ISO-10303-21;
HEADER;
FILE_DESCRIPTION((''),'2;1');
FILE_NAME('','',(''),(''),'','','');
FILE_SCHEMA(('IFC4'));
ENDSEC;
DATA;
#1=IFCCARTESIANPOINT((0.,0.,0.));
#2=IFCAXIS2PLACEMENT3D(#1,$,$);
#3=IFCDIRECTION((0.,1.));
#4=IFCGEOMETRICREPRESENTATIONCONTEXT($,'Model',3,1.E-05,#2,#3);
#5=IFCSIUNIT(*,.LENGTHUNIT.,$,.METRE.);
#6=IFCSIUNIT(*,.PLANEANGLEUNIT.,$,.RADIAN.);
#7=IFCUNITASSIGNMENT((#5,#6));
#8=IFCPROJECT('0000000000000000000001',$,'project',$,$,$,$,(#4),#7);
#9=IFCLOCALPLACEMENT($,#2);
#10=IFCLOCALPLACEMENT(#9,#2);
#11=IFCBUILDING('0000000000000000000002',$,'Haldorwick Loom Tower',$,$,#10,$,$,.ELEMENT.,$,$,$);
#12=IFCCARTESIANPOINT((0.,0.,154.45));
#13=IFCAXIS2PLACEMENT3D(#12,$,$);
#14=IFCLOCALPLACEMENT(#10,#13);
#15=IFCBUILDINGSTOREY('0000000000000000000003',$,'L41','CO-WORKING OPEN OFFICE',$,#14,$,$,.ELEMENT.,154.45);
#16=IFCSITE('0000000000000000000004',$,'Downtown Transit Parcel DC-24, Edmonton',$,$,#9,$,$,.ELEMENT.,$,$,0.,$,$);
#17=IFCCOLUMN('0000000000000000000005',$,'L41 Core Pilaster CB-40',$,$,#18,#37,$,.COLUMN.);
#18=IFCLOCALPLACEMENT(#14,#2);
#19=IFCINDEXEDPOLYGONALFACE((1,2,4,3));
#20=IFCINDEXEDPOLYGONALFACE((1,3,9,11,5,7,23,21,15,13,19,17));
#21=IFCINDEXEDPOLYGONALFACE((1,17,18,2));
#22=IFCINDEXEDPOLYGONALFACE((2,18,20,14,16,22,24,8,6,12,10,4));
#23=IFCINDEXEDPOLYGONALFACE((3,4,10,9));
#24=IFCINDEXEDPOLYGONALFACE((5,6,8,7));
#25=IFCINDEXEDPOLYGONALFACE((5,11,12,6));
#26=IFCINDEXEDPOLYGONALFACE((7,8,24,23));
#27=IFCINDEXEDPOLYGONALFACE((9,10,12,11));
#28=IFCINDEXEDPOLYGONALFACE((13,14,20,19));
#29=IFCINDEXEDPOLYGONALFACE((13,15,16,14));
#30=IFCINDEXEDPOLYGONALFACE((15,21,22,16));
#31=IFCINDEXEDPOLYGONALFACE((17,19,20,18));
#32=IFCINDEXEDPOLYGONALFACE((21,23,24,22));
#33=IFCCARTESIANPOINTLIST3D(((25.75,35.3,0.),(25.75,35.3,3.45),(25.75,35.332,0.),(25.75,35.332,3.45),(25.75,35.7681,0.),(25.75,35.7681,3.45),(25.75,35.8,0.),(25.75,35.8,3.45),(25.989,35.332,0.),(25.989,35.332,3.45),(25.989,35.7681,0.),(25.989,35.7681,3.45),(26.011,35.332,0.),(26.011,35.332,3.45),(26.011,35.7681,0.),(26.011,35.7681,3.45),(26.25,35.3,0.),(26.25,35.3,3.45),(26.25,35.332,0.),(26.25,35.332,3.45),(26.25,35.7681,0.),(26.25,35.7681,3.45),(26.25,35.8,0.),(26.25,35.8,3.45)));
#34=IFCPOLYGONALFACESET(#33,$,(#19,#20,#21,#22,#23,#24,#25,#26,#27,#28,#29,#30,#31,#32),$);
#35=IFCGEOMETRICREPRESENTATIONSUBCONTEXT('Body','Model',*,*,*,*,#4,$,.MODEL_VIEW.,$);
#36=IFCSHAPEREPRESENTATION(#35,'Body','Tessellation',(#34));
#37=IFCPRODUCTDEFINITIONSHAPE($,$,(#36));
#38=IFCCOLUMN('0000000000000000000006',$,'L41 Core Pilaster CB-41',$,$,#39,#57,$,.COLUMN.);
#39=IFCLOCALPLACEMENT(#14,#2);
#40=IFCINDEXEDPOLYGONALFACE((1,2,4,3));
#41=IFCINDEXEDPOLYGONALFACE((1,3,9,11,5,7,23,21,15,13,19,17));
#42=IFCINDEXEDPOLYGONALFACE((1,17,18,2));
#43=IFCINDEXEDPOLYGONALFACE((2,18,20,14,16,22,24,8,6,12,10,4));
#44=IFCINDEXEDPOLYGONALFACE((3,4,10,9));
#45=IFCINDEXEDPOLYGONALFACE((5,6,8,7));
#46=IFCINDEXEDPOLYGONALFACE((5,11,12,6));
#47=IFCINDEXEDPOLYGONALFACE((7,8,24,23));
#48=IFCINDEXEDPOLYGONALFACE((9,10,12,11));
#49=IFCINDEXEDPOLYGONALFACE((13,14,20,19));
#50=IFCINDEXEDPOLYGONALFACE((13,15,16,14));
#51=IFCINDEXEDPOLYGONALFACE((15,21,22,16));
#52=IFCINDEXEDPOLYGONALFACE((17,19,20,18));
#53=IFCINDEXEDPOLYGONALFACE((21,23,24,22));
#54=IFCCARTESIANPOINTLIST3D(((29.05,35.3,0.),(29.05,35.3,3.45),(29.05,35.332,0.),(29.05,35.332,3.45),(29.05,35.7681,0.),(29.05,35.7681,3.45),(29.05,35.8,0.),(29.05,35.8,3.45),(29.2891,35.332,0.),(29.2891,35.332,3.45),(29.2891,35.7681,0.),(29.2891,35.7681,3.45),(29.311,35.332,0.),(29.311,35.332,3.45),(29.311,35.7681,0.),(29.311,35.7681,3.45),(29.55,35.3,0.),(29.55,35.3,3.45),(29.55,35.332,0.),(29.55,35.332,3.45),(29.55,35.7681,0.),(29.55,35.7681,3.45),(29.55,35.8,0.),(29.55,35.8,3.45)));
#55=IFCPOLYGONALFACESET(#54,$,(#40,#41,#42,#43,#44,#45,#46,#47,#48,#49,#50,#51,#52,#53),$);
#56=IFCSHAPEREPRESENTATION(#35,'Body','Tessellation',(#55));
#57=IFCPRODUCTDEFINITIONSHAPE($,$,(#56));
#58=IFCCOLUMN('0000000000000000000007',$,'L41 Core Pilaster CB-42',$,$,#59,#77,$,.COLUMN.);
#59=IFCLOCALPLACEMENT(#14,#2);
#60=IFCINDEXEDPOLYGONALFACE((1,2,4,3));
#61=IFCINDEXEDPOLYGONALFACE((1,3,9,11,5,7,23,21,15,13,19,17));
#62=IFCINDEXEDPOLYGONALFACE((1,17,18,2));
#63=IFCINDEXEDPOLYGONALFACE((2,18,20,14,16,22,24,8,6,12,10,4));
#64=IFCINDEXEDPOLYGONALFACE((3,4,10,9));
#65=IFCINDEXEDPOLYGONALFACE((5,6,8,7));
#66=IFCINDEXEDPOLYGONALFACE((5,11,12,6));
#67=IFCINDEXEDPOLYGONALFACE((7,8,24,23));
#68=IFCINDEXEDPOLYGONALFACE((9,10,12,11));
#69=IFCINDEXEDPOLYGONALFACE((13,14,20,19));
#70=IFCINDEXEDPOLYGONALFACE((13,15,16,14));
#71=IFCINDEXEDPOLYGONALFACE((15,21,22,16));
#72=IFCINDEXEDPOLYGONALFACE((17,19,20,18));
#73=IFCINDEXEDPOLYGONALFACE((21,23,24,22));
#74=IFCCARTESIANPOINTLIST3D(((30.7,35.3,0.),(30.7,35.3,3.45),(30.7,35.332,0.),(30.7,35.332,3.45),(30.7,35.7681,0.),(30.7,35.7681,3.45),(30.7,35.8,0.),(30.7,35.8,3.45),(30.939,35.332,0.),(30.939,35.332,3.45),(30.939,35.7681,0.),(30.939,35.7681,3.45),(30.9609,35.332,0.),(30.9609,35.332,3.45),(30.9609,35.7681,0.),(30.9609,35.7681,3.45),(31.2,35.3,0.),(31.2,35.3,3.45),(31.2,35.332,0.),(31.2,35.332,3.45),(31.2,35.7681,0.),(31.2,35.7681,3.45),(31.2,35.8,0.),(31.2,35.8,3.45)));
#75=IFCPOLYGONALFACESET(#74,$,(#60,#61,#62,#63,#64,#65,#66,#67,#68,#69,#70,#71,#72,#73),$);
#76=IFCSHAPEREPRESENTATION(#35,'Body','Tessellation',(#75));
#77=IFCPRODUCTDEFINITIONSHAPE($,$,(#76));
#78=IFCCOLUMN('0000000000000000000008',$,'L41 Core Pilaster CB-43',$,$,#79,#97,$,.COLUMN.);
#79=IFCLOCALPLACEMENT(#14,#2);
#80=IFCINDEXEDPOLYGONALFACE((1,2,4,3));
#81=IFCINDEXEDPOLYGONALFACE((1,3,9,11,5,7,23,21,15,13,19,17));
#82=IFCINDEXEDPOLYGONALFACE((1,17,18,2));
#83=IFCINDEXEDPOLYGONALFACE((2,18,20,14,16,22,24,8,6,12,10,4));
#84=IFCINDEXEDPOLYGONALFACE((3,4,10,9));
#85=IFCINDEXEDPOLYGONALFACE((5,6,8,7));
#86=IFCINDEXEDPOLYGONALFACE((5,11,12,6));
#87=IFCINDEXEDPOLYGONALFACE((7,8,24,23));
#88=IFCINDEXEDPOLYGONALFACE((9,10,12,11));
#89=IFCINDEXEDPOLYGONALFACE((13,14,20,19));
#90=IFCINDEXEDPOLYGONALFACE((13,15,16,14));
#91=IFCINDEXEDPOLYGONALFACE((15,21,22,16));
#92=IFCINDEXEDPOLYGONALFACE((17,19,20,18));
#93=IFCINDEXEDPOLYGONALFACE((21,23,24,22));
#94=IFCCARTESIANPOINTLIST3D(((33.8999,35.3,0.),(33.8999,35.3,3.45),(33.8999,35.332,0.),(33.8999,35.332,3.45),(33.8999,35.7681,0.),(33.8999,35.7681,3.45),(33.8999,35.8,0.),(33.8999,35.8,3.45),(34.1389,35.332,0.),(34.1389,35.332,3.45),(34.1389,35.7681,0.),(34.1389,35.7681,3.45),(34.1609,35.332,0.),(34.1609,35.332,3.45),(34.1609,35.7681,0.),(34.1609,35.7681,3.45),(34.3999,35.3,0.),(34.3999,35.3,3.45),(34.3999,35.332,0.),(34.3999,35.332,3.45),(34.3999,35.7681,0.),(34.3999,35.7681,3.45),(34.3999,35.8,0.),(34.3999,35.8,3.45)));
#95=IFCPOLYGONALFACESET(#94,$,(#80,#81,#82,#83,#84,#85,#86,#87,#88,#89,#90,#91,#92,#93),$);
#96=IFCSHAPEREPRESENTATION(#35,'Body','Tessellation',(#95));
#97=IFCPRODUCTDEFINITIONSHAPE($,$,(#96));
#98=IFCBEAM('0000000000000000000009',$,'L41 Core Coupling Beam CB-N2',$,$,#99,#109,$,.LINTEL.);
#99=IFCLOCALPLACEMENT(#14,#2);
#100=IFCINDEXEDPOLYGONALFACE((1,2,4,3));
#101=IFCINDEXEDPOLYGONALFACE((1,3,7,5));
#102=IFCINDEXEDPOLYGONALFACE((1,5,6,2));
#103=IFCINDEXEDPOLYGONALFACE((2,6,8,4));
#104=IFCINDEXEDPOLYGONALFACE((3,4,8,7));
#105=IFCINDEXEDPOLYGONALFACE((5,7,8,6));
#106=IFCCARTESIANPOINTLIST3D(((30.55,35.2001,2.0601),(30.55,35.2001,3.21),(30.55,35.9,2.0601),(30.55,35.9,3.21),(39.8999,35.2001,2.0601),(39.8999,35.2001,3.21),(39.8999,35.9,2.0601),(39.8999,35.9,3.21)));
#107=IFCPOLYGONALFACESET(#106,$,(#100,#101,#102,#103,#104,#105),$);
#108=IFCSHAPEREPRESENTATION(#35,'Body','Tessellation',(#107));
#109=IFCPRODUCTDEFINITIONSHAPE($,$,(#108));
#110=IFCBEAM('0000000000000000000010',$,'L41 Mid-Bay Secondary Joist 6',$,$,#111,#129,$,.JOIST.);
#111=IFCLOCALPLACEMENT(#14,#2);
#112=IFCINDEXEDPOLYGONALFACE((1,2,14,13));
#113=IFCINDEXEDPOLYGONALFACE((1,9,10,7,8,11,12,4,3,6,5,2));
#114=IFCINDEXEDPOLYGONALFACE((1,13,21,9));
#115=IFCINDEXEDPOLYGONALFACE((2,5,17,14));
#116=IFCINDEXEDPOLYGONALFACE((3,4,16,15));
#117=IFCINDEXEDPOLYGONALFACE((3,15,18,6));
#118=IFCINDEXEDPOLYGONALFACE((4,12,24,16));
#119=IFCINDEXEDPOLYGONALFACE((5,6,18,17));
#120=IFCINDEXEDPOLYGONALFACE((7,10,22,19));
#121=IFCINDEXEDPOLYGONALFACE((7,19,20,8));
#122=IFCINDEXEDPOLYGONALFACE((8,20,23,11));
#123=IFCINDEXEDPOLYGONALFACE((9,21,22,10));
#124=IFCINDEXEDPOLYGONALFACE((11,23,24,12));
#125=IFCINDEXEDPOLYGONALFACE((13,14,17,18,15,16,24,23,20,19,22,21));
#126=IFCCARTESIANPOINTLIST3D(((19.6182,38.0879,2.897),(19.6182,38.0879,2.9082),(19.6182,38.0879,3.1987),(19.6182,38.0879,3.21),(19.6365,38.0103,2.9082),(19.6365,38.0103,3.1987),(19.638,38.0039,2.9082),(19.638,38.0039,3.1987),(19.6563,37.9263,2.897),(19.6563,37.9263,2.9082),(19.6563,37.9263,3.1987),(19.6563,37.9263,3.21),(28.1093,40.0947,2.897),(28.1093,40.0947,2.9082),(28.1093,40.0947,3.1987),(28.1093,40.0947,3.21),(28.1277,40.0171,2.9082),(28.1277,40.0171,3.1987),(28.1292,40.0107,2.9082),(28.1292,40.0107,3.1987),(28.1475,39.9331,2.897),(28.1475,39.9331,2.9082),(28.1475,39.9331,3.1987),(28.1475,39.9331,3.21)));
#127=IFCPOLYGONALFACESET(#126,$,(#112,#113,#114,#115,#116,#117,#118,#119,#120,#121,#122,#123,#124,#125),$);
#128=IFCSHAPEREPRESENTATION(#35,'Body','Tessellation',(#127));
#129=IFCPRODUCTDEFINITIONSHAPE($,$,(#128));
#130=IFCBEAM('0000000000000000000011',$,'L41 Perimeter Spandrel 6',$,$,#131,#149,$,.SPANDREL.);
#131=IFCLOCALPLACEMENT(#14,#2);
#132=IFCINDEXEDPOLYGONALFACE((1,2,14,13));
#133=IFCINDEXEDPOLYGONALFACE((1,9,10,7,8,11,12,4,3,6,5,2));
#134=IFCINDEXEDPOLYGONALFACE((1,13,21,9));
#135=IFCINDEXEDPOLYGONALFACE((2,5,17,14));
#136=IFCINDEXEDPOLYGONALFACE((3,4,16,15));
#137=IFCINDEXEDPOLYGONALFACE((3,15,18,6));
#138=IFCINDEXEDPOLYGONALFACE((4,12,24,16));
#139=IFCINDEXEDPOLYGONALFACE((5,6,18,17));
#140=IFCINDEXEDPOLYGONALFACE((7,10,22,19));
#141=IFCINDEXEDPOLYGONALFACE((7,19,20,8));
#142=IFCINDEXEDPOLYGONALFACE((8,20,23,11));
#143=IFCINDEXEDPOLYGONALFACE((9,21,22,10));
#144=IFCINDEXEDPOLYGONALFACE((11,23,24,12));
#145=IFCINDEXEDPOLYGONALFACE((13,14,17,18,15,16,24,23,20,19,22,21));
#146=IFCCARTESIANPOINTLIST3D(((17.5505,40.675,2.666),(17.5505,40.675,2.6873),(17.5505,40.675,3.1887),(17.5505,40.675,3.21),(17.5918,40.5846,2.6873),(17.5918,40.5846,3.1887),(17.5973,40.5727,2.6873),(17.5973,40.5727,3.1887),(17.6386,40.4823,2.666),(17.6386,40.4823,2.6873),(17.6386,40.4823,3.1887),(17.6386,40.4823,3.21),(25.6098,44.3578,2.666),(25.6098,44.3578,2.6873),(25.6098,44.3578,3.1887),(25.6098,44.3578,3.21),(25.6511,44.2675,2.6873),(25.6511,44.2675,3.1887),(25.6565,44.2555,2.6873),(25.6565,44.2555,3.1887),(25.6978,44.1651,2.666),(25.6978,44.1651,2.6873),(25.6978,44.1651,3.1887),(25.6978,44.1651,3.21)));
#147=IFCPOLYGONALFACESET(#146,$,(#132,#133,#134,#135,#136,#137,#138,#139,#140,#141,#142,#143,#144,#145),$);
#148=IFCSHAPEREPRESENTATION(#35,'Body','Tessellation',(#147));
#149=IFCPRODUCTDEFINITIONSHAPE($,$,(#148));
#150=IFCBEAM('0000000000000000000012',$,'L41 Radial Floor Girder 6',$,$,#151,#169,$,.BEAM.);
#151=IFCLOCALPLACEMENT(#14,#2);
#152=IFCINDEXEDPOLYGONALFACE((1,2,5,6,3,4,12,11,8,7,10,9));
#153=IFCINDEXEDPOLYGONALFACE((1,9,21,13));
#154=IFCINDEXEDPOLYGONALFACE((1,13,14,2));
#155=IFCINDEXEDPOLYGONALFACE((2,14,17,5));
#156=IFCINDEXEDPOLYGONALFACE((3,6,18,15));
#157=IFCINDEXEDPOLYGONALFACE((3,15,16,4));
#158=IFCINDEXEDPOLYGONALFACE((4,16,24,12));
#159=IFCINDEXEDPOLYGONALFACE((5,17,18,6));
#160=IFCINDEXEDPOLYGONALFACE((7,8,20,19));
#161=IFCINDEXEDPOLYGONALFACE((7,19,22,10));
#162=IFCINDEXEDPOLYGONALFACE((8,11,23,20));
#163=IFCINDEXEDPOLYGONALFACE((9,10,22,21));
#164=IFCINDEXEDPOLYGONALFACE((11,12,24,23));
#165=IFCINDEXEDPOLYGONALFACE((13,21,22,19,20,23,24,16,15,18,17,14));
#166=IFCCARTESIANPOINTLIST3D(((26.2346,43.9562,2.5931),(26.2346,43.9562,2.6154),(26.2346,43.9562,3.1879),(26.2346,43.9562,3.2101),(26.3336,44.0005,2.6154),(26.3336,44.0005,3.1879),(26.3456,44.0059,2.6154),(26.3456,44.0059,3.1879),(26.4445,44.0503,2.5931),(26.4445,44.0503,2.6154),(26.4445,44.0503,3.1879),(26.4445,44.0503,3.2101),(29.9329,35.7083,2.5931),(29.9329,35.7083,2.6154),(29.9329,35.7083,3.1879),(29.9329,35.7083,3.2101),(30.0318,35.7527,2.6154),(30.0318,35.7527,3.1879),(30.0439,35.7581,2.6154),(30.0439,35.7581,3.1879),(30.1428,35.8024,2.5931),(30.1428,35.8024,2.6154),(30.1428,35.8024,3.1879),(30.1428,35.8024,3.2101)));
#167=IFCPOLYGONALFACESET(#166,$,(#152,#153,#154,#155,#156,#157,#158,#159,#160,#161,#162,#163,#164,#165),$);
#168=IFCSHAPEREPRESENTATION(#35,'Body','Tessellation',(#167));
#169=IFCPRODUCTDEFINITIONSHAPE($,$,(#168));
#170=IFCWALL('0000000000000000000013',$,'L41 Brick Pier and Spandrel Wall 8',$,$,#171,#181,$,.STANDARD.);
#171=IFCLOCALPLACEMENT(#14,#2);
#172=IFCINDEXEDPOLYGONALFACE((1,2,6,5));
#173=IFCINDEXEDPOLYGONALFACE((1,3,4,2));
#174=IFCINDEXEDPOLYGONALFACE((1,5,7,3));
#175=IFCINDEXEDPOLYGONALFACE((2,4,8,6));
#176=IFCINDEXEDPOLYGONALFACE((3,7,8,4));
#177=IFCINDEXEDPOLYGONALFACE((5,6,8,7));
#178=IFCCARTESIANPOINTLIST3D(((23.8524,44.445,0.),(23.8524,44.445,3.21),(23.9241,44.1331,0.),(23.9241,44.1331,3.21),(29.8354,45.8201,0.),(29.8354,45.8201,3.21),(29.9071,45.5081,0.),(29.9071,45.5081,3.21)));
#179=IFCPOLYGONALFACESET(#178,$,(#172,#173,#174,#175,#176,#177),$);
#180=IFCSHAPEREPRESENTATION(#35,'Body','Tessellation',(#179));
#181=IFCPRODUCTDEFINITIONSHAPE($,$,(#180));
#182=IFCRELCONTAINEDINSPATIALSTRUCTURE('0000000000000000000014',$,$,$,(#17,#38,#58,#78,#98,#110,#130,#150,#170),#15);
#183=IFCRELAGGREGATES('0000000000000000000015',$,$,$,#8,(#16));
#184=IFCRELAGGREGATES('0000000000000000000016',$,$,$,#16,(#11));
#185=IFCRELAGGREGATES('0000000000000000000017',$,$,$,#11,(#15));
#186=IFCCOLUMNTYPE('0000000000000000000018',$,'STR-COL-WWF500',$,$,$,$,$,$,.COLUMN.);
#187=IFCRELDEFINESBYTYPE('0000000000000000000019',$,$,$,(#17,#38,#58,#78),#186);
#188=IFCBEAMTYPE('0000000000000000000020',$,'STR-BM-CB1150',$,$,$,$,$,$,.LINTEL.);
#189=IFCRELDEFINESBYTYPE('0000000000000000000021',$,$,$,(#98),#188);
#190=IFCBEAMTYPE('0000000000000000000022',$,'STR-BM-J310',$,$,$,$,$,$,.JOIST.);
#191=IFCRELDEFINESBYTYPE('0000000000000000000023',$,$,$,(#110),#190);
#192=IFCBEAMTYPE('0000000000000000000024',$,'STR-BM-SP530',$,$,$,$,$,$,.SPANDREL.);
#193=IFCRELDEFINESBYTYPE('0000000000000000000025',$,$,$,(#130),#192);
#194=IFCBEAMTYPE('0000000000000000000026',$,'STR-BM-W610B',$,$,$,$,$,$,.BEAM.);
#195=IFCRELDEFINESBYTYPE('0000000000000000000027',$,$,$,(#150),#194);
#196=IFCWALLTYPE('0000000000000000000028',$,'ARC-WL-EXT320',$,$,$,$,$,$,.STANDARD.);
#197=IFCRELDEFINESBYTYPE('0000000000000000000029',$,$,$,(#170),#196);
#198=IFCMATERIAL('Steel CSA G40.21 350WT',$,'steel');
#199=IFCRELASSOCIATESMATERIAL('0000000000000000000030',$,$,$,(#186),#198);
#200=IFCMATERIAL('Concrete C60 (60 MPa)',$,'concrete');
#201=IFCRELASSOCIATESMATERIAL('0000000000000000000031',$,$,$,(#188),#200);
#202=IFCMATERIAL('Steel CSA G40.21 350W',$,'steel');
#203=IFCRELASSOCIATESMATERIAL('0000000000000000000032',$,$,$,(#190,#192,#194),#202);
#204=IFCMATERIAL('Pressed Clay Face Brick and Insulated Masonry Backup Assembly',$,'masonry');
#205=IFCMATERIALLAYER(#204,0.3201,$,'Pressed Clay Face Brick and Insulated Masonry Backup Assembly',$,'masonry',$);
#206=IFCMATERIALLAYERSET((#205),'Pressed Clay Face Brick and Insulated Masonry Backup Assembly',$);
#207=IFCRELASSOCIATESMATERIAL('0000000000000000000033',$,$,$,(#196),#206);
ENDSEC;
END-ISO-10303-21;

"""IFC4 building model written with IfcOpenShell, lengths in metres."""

from ifc_helpers import new_model, si_unit, direction, frame, frame_2d, origin, origin_2d, place, context, subcontext, project, spatial, rectangle, i_section, extrude, material, layer, layer_set, material_profile, profile_set, type_object, element, save


model = new_model("IFC4")

# Units and contexts
model_context = context("Model", 3, precision=1e-05, world=origin(), true_north=direction((0.0, 1.0)))
body_context = subcontext(model_context, "Body", "Model", "MODEL_VIEW")
ifc_project = project(units=[si_unit("LENGTHUNIT", "METRE"), si_unit("PLANEANGLEUNIT", "RADIAN")], contexts=[model_context])

# Site, building, storey
site_placement = place(None, origin())
site = spatial("IfcSite", under=ifc_project, at=site_placement, Name="Downtown Transit Parcel DC-24, Edmonton", CompositionType="ELEMENT", RefElevation=0.0)
building_placement = place(site_placement, origin())
building = spatial("IfcBuilding", under=site, at=building_placement, Name="Haldorwick Loom Tower", CompositionType="ELEMENT")
storey_placement = place(building_placement, frame((0.0, 0.0, 154.45)))
storey = spatial("IfcBuildingStorey", under=building, at=storey_placement, Name="L41", Description="CO-WORKING OPEN OFFICE", CompositionType="ELEMENT", Elevation=154.45)

# Columns
ifc_material_1 = material(Name="Concrete C60 (60 MPa)", Category="concrete")
ifc_material_2 = material(Name="Steel CSA G40.21 350WT", Category="steel")
ifc_material_profile_1 = material_profile(ifc_material_2, i_section(OverallWidth=0.5, OverallDepth=0.5, WebThickness=0.022, FlangeThickness=0.032, at=origin_2d()), Name="WWF500X500", Category="steel")
ifc_profile_set_1 = profile_set([ifc_material_profile_1], Name="Steel CSA G40.21 350WT")
column_type_1 = type_object("IfcColumnType", Name="STR-COL-WWF500", PredefinedType="COLUMN", material=ifc_profile_set_1)
for number, where, z_axis, x_axis, name in (
    (1, (26.0, 35.55, 0.0), (0.0, 0.0, 1.0), (1.0, 0.0, 0.0), "L41 Core Pilaster CB-40"),
    (2, (29.3, 35.55, 0.0), (0.0, 0.0, 1.0), (1.0, 0.0, 0.0), "L41 Core Pilaster CB-41"),
    (3, (30.95, 35.55, 0.0), (0.0, 0.0, 1.0), (1.0, 0.0, 0.0), "L41 Core Pilaster CB-42"),
    (4, (34.1499, 35.55, 0.0), (0.0, 0.0, 1.0), (1.0, 0.0, 0.0), "L41 Core Pilaster CB-43"),
):
    element("IfcColumn", number, at=place(storey_placement, frame(where, z_axis=z_axis, x_axis=x_axis)), inside=storey, type_object=column_type_1, Name=name, PredefinedType="COLUMN", context=body_context, shape_type="SweptSolid", body=[
        extrude(i_section(OverallWidth=0.5, OverallDepth=0.5, WebThickness=0.022, FlangeThickness=0.032, at=origin_2d()), origin(), (0.0, 0.0, 1.0), 3.45),
    ])

# Beams
ifc_material_profile_2 = material_profile(ifc_material_1, rectangle(XDim=0.7, YDim=1.1499, at=origin_2d()), Name="RC700X1150", Category="concrete")
ifc_profile_set_2 = profile_set([ifc_material_profile_2], Name="Concrete C60 (60 MPa)")
beam_type_1 = type_object("IfcBeamType", Name="STR-BM-CB1150", PredefinedType="LINTEL", material=ifc_profile_set_2)
beam_1_placement = place(storey_placement, frame((30.55, 35.55, 2.635), z_axis=(1.0, 0.0, 0.0), x_axis=(0.0, 1.0, 0.0)))
element("IfcBeam", 5, at=beam_1_placement, inside=storey, type_object=beam_type_1, Name="L41 Core Coupling Beam CB-N2", PredefinedType="LINTEL", context=body_context, shape_type="SweptSolid", body=[
    extrude(rectangle(XDim=0.7, YDim=1.1499, at=origin_2d()), origin(), (0.0, 0.0, 1.0), 9.3499),
])
ifc_material_3 = material(Name="Steel CSA G40.21 350W", Category="steel")
ifc_material_profile_3 = material_profile(ifc_material_3, i_section(OverallWidth=0.166, OverallDepth=0.313, WebThickness=0.0066, FlangeThickness=0.0112, at=origin_2d()), Name="W310X45", Category="steel")
ifc_profile_set_3 = profile_set([ifc_material_profile_3], Name="Steel CSA G40.21 350W")
beam_type_2 = type_object("IfcBeamType", Name="STR-BM-J310", PredefinedType="JOIST", material=ifc_profile_set_3)
beam_2_placement = place(storey_placement, frame((28.1284, 40.0139, 3.0535), z_axis=(-0.973189, -0.230006, 0.0), x_axis=(0.230006, -0.973189, 0.0)))
element("IfcBeam", 6, at=beam_2_placement, inside=storey, type_object=beam_type_2, Name="L41 Mid-Bay Secondary Joist 6", PredefinedType="JOIST", context=body_context, shape_type="SweptSolid", body=[
    extrude(i_section(OverallWidth=0.166, OverallDepth=0.313, WebThickness=0.0066, FlangeThickness=0.0112, at=origin_2d()), origin(), (0.0, 0.0, 1.0), 8.7251),
])
ifc_material_profile_4 = material_profile(ifc_material_3, i_section(OverallWidth=0.2119, OverallDepth=0.5439, WebThickness=0.0132, FlangeThickness=0.0212, at=origin_2d()), Name="W530X123", Category="steel")
ifc_profile_set_4 = profile_set([ifc_material_profile_4], Name="Steel CSA G40.21 350W")
beam_type_3 = type_object("IfcBeamType", Name="STR-BM-SP530", PredefinedType="SPANDREL", material=ifc_profile_set_4)
beam_3_placement = place(storey_placement, frame((25.6538, 44.2615, 2.938), z_axis=(-0.909534, -0.415629, 0.0), x_axis=(0.415629, -0.909534, 0.0)))
element("IfcBeam", 7, at=beam_3_placement, inside=storey, type_object=beam_type_3, Name="L41 Perimeter Spandrel 6", PredefinedType="SPANDREL", context=body_context, shape_type="SweptSolid", body=[
    extrude(i_section(OverallWidth=0.2119, OverallDepth=0.5439, WebThickness=0.0132, FlangeThickness=0.0212, at=origin_2d()), origin(), (0.0, 0.0, 1.0), 8.8608),
])
ifc_material_profile_5 = material_profile(ifc_material_3, i_section(OverallWidth=0.23, OverallDepth=0.6169, WebThickness=0.0132, FlangeThickness=0.0222, at=origin_2d()), Name="W610X140", Category="steel")
ifc_profile_set_5 = profile_set([ifc_material_profile_5], Name="Steel CSA G40.21 350W")
beam_type_4 = type_object("IfcBeamType", Name="STR-BM-W610B", PredefinedType="BEAM", material=ifc_profile_set_5)
beam_4_placement = place(storey_placement, frame((30.0378, 35.7554, 2.9016), z_axis=(-0.409144, 0.91247, 0.0), x_axis=(-0.91247, -0.409144, 0.0)))
element("IfcBeam", 8, at=beam_4_placement, inside=storey, type_object=beam_type_4, Name="L41 Radial Floor Girder 6", PredefinedType="BEAM", context=body_context, shape_type="SweptSolid", body=[
    extrude(i_section(OverallWidth=0.23, OverallDepth=0.6169, WebThickness=0.0132, FlangeThickness=0.0222, at=origin_2d()), origin(), (0.0, 0.0, 1.0), 9.0391),
])

# Wall
ifc_material_4 = material(Name="Pressed Clay Face Brick and Insulated Masonry Backup Assembly", Category="masonry")
ifc_layer_1 = layer(ifc_material_4, 0.3201, Name="Pressed Clay Face Brick and Insulated Masonry Backup Assembly", Category="masonry")
ifc_layer_set_1 = layer_set([ifc_layer_1], Name="Pressed Clay Face Brick and Insulated Masonry Backup Assembly")
wall_type_1 = type_object("IfcWallType", Name="ARC-WL-EXT320", PredefinedType="STANDARD", material=ifc_layer_set_1)
wall_1_placement = place(storey_placement, frame((29.8711, 45.6641, 0.0), z_axis=(0.0, 0.0, 1.0), x_axis=(-0.974593, -0.223982, 0.0)))
element("IfcWall", 9, at=wall_1_placement, inside=storey, type_object=wall_type_1, Name="L41 Brick Pier and Spandrel Wall 8", PredefinedType="STANDARD", context=body_context, shape_type="SweptSolid", body=[
    extrude(rectangle(XDim=6.1389, YDim=0.3201, at=frame_2d((3.0693, 0.0))), origin(), (0.0, 0.0, 1.0), 3.21),
])

save(model, "model.ifc")
